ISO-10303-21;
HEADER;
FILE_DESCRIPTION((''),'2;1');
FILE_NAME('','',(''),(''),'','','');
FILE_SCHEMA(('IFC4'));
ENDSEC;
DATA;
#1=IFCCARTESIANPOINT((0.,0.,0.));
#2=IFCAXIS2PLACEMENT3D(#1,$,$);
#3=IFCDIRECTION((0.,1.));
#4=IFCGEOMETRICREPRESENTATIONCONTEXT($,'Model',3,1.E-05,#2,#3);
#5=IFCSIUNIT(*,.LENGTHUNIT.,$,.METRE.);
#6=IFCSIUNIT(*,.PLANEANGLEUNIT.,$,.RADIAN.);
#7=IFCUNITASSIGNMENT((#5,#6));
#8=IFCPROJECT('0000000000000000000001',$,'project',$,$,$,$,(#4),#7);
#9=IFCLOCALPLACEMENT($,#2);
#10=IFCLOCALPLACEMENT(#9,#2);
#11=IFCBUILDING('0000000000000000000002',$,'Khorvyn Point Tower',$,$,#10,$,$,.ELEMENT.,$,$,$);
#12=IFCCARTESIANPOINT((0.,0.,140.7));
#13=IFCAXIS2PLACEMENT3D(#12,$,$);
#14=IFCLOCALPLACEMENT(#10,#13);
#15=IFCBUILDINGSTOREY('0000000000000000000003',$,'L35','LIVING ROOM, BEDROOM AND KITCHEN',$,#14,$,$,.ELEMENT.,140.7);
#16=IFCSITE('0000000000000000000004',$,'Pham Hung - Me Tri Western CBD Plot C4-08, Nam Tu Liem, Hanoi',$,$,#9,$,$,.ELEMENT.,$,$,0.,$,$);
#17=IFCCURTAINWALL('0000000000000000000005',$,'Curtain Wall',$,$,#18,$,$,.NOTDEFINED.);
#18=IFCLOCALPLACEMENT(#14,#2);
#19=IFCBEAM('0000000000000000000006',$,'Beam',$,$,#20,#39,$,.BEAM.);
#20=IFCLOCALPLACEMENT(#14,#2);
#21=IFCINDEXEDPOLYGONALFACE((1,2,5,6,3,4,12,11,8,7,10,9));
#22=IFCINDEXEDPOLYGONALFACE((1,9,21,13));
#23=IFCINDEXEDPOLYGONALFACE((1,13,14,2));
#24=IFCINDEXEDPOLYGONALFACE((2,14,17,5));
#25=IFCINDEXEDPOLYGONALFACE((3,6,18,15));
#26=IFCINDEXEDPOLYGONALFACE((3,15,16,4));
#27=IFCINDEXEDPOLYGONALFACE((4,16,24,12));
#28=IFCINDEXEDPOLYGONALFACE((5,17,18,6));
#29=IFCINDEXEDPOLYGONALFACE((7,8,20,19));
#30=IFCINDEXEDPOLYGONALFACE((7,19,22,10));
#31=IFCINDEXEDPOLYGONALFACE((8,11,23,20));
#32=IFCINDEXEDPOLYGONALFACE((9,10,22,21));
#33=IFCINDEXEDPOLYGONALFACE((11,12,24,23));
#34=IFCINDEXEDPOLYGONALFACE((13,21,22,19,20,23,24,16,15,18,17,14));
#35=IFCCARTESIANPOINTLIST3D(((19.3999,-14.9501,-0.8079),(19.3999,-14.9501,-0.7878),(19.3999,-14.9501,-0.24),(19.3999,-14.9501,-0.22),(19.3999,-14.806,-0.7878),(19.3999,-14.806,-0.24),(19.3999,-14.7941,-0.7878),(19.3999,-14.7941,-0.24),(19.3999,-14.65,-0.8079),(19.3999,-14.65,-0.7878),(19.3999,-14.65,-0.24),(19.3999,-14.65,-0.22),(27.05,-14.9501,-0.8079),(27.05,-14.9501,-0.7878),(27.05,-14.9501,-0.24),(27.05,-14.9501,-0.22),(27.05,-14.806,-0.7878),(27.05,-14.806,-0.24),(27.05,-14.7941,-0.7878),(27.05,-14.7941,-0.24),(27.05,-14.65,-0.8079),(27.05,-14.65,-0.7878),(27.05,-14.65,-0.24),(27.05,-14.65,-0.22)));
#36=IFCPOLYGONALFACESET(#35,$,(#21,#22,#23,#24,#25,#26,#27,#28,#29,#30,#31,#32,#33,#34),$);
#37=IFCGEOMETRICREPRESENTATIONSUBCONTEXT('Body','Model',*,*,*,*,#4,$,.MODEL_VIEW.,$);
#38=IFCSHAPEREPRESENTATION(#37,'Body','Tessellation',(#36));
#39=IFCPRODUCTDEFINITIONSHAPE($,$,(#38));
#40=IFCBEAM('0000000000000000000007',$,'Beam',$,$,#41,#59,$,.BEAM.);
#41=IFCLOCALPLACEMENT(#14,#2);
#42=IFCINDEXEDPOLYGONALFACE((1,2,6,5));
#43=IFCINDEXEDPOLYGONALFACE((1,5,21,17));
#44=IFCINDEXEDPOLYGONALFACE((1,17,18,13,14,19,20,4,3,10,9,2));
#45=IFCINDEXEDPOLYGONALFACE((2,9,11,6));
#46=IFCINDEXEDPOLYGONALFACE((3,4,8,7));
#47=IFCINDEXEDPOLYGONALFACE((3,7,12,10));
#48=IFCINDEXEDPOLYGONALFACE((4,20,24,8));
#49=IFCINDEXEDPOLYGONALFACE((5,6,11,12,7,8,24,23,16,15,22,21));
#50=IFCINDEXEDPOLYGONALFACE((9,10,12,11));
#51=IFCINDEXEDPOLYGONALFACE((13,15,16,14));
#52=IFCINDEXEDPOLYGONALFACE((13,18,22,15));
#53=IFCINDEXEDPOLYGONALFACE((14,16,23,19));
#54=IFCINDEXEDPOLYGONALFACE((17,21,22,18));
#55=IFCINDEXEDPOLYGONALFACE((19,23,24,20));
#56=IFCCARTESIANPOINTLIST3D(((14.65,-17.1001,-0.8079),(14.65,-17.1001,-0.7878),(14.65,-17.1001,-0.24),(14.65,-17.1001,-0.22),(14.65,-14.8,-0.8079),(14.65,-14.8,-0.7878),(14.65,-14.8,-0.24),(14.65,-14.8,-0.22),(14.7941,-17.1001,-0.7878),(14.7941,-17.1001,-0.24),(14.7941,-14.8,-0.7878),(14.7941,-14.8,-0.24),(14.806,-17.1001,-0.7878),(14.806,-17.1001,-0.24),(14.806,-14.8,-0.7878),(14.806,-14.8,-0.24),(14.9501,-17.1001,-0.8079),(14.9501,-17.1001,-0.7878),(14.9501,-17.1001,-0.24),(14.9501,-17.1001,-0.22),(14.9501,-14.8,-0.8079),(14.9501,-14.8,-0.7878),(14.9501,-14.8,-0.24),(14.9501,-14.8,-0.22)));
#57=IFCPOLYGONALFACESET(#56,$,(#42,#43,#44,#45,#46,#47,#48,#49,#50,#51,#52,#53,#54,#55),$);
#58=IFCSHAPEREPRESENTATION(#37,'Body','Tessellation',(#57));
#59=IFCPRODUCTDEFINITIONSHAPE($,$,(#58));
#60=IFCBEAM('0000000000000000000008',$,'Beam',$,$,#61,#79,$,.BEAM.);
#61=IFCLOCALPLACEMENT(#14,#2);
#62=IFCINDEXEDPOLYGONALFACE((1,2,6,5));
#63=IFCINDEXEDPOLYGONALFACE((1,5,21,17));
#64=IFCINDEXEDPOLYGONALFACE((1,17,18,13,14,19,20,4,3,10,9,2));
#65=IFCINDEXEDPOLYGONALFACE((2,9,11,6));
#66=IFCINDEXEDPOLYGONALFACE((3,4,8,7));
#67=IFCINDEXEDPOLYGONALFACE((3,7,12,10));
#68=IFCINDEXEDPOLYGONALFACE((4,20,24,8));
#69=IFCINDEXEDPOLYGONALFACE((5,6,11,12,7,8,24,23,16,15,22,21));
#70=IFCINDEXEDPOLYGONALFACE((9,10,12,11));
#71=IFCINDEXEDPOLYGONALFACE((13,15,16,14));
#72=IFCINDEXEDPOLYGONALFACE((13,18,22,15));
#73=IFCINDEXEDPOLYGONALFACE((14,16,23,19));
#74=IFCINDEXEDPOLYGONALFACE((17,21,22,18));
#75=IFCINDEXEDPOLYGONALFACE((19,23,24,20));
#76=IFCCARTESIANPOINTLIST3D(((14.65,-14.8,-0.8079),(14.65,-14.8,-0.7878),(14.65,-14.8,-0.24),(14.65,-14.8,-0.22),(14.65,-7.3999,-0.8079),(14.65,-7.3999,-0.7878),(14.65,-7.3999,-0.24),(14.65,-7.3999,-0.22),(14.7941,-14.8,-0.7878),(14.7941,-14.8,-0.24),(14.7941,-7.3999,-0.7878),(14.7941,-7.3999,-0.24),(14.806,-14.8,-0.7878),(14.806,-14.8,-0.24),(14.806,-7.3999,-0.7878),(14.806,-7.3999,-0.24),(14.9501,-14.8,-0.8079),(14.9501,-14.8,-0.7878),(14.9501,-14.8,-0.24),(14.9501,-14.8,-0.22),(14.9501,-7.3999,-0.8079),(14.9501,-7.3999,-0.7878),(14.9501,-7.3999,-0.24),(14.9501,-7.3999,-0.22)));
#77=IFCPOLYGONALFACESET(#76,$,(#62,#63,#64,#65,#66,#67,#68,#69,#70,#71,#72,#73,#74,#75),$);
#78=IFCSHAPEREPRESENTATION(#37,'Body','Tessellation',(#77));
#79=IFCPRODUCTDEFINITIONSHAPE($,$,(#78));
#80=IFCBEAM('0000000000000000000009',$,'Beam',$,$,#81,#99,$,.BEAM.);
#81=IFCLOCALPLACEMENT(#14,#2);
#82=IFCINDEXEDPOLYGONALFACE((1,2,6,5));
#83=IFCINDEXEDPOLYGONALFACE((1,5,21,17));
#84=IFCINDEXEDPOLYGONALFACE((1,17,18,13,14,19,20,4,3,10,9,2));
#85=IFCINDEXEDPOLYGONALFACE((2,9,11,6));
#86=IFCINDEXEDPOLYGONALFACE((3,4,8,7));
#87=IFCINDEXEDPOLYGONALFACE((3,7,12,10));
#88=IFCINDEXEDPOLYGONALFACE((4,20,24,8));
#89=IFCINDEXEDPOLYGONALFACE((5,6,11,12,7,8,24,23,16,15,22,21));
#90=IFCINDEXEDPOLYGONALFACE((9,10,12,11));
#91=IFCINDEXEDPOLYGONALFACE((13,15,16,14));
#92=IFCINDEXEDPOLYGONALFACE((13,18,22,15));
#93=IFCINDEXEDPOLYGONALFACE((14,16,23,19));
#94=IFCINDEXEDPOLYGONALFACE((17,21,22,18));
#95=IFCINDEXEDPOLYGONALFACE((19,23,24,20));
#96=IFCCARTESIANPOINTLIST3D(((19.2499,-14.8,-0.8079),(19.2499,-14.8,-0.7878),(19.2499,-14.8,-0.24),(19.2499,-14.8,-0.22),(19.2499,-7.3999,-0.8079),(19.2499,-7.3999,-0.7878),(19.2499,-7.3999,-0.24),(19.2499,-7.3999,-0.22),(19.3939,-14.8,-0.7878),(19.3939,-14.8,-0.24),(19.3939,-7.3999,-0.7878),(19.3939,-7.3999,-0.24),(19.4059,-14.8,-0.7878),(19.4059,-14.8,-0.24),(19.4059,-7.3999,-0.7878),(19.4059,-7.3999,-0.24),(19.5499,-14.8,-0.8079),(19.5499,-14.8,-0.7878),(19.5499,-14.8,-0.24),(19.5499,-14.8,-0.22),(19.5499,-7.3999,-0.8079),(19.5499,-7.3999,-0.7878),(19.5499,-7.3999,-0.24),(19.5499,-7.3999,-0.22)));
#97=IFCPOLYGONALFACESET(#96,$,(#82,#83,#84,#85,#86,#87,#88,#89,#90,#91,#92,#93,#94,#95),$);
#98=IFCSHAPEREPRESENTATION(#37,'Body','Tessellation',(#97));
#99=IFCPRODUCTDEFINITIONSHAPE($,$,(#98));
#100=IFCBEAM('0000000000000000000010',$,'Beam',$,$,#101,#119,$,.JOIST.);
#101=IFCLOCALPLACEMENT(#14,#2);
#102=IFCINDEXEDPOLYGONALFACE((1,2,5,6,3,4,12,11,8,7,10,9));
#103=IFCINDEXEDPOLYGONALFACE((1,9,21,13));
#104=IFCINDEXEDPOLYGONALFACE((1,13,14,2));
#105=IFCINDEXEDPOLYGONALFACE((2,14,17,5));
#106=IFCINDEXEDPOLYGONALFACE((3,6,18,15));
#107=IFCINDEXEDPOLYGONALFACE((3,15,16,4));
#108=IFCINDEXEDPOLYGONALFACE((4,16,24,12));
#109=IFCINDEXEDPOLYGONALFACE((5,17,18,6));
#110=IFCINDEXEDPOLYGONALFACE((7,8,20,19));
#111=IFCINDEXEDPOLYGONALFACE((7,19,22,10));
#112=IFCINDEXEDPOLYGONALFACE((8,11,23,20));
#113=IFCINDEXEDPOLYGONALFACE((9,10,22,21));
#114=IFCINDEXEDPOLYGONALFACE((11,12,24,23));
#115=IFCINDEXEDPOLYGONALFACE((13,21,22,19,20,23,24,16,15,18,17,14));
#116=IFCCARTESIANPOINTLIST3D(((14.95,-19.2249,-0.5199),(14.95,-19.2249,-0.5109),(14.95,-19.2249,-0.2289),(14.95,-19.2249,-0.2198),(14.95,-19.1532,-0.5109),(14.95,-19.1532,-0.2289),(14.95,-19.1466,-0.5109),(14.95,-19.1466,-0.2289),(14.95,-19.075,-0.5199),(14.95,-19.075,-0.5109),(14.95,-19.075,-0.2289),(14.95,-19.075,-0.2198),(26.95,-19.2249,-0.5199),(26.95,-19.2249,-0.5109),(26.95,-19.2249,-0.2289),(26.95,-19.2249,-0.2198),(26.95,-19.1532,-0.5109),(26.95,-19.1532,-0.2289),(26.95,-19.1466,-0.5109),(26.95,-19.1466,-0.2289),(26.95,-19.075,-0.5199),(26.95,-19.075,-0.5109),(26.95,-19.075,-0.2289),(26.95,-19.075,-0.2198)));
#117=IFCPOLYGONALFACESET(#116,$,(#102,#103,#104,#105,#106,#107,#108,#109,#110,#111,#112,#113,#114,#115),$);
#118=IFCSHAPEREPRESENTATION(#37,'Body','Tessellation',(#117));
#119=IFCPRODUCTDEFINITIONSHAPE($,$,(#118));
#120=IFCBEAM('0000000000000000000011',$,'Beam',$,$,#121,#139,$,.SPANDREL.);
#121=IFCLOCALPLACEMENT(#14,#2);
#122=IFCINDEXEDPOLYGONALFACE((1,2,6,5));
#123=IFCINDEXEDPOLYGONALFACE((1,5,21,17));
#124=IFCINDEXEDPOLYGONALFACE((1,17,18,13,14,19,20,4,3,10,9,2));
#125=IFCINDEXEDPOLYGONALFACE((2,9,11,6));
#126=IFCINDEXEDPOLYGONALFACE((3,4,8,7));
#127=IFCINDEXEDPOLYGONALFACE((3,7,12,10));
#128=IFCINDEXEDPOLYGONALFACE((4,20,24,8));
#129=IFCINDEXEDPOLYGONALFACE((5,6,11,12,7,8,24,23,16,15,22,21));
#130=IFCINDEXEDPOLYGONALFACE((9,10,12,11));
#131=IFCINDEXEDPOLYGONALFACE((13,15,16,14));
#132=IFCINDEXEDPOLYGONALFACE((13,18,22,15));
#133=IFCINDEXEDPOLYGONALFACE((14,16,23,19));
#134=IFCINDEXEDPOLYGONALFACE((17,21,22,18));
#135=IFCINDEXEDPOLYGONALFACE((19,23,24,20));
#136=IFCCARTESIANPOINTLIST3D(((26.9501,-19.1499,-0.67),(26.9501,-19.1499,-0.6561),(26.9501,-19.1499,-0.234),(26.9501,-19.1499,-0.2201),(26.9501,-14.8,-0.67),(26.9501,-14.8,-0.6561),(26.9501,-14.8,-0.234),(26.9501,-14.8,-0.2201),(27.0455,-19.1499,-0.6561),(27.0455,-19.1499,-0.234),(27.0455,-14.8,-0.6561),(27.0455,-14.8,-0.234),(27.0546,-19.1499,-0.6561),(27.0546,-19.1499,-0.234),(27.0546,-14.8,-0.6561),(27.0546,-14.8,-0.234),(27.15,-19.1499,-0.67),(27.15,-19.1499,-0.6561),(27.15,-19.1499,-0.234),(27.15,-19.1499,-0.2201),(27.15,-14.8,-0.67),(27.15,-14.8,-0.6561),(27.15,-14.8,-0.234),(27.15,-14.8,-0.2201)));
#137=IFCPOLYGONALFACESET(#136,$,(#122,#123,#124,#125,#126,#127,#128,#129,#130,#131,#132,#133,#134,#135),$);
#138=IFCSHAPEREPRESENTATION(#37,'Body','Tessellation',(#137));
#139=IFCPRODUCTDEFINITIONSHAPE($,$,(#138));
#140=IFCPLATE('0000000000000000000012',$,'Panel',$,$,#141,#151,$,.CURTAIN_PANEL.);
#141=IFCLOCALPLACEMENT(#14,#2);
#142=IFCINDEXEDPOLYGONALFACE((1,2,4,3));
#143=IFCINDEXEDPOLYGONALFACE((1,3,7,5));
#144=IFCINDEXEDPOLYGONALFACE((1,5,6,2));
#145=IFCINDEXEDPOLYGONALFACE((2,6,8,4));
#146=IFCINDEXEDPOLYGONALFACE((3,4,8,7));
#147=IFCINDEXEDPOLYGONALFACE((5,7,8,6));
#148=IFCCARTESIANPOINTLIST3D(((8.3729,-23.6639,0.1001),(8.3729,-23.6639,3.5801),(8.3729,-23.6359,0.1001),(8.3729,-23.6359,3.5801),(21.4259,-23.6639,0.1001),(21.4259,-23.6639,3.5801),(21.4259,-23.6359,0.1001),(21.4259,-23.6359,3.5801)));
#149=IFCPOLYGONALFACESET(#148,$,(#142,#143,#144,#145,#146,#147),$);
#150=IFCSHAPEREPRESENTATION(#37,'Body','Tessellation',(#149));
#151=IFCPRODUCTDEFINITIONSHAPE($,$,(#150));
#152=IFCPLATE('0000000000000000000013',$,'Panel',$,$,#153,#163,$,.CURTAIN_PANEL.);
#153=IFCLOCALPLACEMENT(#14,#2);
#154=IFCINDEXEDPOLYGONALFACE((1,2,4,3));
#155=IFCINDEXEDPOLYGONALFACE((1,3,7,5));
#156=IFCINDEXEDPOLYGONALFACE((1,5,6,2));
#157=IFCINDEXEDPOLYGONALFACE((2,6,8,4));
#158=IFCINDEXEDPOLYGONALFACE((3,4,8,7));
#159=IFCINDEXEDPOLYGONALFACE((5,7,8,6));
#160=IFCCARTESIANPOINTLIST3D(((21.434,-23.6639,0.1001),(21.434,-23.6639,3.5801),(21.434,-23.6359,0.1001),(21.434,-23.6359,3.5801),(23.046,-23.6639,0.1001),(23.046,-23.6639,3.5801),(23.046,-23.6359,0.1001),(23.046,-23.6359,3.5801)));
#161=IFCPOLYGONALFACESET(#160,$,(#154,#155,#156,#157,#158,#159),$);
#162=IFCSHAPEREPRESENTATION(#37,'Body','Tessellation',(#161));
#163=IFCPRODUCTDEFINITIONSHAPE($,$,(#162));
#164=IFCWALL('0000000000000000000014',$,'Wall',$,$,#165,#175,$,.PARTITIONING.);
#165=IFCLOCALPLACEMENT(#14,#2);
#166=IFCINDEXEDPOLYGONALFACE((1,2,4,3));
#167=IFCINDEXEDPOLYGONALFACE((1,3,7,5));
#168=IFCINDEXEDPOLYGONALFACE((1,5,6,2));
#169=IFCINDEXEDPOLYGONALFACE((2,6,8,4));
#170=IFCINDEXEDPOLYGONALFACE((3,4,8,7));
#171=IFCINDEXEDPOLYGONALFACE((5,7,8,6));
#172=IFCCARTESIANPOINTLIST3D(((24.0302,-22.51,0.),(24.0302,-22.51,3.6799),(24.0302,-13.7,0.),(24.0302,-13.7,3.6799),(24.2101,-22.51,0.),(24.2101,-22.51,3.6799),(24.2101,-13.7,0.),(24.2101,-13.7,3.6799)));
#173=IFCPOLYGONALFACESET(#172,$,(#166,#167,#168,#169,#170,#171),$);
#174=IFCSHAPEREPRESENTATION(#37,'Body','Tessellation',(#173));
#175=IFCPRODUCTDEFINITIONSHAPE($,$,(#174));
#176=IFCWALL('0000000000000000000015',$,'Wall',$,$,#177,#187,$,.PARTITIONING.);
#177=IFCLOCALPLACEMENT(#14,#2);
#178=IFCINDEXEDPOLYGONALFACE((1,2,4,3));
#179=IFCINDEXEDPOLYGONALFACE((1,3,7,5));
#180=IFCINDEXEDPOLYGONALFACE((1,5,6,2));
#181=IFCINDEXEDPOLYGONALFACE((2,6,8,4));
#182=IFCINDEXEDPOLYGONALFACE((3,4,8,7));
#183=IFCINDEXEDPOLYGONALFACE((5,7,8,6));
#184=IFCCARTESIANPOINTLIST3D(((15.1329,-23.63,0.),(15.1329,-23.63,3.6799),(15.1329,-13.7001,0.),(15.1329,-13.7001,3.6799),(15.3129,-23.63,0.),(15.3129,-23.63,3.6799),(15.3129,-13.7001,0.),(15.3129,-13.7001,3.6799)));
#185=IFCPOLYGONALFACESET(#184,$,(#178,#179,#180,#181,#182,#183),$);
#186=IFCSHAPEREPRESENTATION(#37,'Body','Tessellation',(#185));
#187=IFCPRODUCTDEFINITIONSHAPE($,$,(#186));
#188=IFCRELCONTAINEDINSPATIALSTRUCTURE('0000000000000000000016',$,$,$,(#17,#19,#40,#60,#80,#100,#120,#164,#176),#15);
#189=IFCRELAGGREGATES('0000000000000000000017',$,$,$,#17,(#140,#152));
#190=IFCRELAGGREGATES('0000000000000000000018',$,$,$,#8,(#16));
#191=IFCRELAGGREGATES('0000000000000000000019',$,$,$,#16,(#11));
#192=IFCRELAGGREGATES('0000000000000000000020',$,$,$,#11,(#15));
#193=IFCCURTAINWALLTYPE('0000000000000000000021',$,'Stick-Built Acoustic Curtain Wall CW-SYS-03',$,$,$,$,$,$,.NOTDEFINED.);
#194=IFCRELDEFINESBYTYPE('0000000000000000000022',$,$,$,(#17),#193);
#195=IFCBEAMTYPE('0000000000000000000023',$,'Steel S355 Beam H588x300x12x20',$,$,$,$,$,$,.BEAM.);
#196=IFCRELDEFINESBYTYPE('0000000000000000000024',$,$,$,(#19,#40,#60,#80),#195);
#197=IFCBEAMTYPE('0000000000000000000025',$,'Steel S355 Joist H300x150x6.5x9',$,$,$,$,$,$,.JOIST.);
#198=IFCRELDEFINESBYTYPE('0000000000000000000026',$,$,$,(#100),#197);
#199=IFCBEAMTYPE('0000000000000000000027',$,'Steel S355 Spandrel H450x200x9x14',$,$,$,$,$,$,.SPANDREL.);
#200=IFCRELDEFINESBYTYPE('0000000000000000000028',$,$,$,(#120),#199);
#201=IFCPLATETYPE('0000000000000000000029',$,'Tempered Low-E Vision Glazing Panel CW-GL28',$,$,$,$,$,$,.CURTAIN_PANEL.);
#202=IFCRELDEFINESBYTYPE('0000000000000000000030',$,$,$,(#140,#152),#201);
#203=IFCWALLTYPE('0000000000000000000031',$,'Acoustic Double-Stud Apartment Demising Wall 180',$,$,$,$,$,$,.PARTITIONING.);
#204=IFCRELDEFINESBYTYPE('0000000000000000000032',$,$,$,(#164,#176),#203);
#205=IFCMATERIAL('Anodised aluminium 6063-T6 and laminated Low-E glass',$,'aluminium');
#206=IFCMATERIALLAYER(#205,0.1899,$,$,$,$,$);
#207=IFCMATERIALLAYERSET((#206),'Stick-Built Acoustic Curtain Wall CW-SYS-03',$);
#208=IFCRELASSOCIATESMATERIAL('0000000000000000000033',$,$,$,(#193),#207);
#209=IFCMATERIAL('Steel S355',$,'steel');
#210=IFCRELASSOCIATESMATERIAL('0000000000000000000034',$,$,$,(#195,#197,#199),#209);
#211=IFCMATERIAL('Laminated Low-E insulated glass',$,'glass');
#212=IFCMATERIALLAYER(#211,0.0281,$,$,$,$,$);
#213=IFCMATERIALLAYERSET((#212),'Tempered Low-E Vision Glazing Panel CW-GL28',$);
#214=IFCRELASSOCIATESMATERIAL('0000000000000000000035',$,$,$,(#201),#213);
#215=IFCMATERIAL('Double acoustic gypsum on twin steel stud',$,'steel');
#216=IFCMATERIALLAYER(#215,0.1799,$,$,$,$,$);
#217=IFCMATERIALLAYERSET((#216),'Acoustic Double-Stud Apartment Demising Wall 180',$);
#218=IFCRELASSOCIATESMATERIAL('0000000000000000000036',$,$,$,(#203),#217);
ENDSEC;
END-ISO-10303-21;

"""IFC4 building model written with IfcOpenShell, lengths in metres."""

from ifc_helpers import new_model, si_unit, direction, frame, frame_2d, origin, origin_2d, place, context, subcontext, project, spatial, rectangle, i_section, extrude, material, layer, layer_set, material_profile, profile_set, type_object, element, aggregate, save


model = new_model("IFC4")

# Units and contexts
model_context = context("Model", 3, precision=1e-05, world=origin(), true_north=direction((0.0, 1.0)))
body_context = subcontext(model_context, "Body", "Model", "MODEL_VIEW")
ifc_project = project(units=[si_unit("LENGTHUNIT", "METRE"), si_unit("PLANEANGLEUNIT", "RADIAN")], contexts=[model_context])

# Site, building, storey
site_placement = place(None, origin())
site = spatial("IfcSite", under=ifc_project, at=site_placement, Name="Pham Hung - Me Tri Western CBD Plot C4-08, Nam Tu Liem, Hanoi", CompositionType="ELEMENT", RefElevation=0.0)
building_placement = place(site_placement, origin())
building = spatial("IfcBuilding", under=site, at=building_placement, Name="Khorvyn Point Tower", CompositionType="ELEMENT")
storey_placement = place(building_placement, frame((0.0, 0.0, 140.7)))
storey = spatial("IfcBuildingStorey", under=building, at=storey_placement, Name="L35", Description="LIVING ROOM, BEDROOM AND KITCHEN", CompositionType="ELEMENT", Elevation=140.7)

# Curtain wall
ifc_material_1 = material(Name="Anodised aluminium 6063-T6 and laminated Low-E glass", Category="aluminium")
ifc_layer_1 = layer(ifc_material_1, 0.1899)
ifc_layer_set_1 = layer_set([ifc_layer_1], Name="Stick-Built Acoustic Curtain Wall CW-SYS-03")
curtain_wall_type = type_object("IfcCurtainWallType", Name="Stick-Built Acoustic Curtain Wall CW-SYS-03", PredefinedType="NOTDEFINED", material=ifc_layer_set_1)
curtain_wall_1_placement = place(storey_placement, origin())
curtain_wall_1 = element("IfcCurtainWall", 1, at=curtain_wall_1_placement, inside=storey, type_object=curtain_wall_type, Name="Curtain Wall", PredefinedType="NOTDEFINED")

# Beams
ifc_material_2 = material(Name="Steel S355", Category="steel")
ifc_material_profile_1 = material_profile(ifc_material_2, i_section(OverallWidth=0.3, OverallDepth=0.5879, WebThickness=0.012, FlangeThickness=0.02, at=origin_2d()))
ifc_profile_set_1 = profile_set([ifc_material_profile_1], Name="Steel S355 H588x300x12x20")
beam_type_1 = type_object("IfcBeamType", Name="Steel S355 Beam H588x300x12x20", PredefinedType="BEAM", material=ifc_profile_set_1)
beam_1_placement = place(storey_placement, frame((19.3999, -14.8, -0.5139), z_axis=(1.0, 0.0, 0.0), x_axis=(0.0, 1.0, 0.0)))
element("IfcBeam", 2, at=beam_1_placement, inside=storey, type_object=beam_type_1, Name="Beam", PredefinedType="BEAM", context=body_context, shape_type="SweptSolid", body=[
    extrude(i_section(OverallWidth=0.3, OverallDepth=0.5879, WebThickness=0.012, FlangeThickness=0.02, at=origin_2d()), origin(), (0.0, 0.0, 1.0), 7.6501),
])
beam_2_placement = place(storey_placement, frame((14.8, -17.1001, -0.5139), z_axis=(0.0, 1.0, 0.0), x_axis=(-1.0, 0.0, 0.0)))
element("IfcBeam", 3, at=beam_2_placement, inside=storey, type_object=beam_type_1, Name="Beam", PredefinedType="BEAM", context=body_context, shape_type="SweptSolid", body=[
    extrude(i_section(OverallWidth=0.3, OverallDepth=0.5879, WebThickness=0.012, FlangeThickness=0.02, at=origin_2d()), origin(), (0.0, 0.0, 1.0), 2.3),
])
for number, where, z_axis, x_axis, name in (
    (4, (14.8, -14.8, -0.5139), (0.0, 1.0, 0.0), (-1.0, 0.0, 0.0), "Beam"),
    (5, (19.3999, -14.8, -0.5139), (0.0, 1.0, 0.0), (-1.0, 0.0, 0.0), "Beam"),
):
    element("IfcBeam", number, at=place(storey_placement, frame(where, z_axis=z_axis, x_axis=x_axis)), inside=storey, type_object=beam_type_1, Name=name, PredefinedType="BEAM", context=body_context, shape_type="SweptSolid", body=[
        extrude(i_section(OverallWidth=0.3, OverallDepth=0.5879, WebThickness=0.012, FlangeThickness=0.02, at=origin_2d()), origin(), (0.0, 0.0, 1.0), 7.4001),
    ])
ifc_material_profile_2 = material_profile(ifc_material_2, i_section(OverallWidth=0.1499, OverallDepth=0.3, WebThickness=0.0066, FlangeThickness=0.009, at=origin_2d()))
ifc_profile_set_2 = profile_set([ifc_material_profile_2], Name="Steel S355 H300x150x6.5x9")
beam_type_2 = type_object("IfcBeamType", Name="Steel S355 Joist H300x150x6.5x9", PredefinedType="JOIST", material=ifc_profile_set_2)
beam_3_placement = place(storey_placement, frame((14.95, -19.1499, -0.3699), z_axis=(1.0, 0.0, 0.0), x_axis=(0.0, 1.0, 0.0)))
element("IfcBeam", 6, at=beam_3_placement, inside=storey, type_object=beam_type_2, Name="Beam", PredefinedType="JOIST", context=body_context, shape_type="SweptSolid", body=[
    extrude(i_section(OverallWidth=0.1499, OverallDepth=0.3, WebThickness=0.0066, FlangeThickness=0.009, at=origin_2d()), origin(), (0.0, 0.0, 1.0), 12.0),
])
ifc_material_profile_3 = material_profile(ifc_material_2, i_section(OverallWidth=0.2, OverallDepth=0.45, WebThickness=0.009, FlangeThickness=0.0139, at=origin_2d()))
ifc_profile_set_3 = profile_set([ifc_material_profile_3], Name="Steel S355 H450x200x9x14")
beam_type_3 = type_object("IfcBeamType", Name="Steel S355 Spandrel H450x200x9x14", PredefinedType="SPANDREL", material=ifc_profile_set_3)
beam_4_placement = place(storey_placement, frame((27.05, -19.1499, -0.4451), z_axis=(0.0, 1.0, 0.0), x_axis=(-1.0, 0.0, 0.0)))
element("IfcBeam", 7, at=beam_4_placement, inside=storey, type_object=beam_type_3, Name="Beam", PredefinedType="SPANDREL", context=body_context, shape_type="SweptSolid", body=[
    extrude(i_section(OverallWidth=0.2, OverallDepth=0.45, WebThickness=0.009, FlangeThickness=0.0139, at=origin_2d()), origin(), (0.0, 0.0, 1.0), 4.3499),
])

# Plates
ifc_material_3 = material(Name="Laminated Low-E insulated glass", Category="glass")
ifc_layer_2 = layer(ifc_material_3, 0.0281)
ifc_layer_set_2 = layer_set([ifc_layer_2], Name="Tempered Low-E Vision Glazing Panel CW-GL28")
plate_type = type_object("IfcPlateType", Name="Tempered Low-E Vision Glazing Panel CW-GL28", PredefinedType="CURTAIN_PANEL", material=ifc_layer_set_2)
plate_1_placement = place(storey_placement, frame((14.8994, -23.6499, 0.1001), z_axis=(0.0, 0.0, 1.0), x_axis=(-1.0, 0.0, 0.0)))
plate_1 = element("IfcPlate", 8, at=plate_1_placement, type_object=plate_type, Name="Panel", PredefinedType="CURTAIN_PANEL", context=body_context, shape_type="SweptSolid", body=[
    extrude(rectangle(XDim=13.053, YDim=0.0281, at=origin_2d()), origin(), (0.0, 0.0, 1.0), 3.48),
])
plate_2_placement = place(storey_placement, frame((22.24, -23.6499, 0.1001), z_axis=(0.0, 0.0, 1.0), x_axis=(-1.0, 0.0, 0.0)))
plate_2 = element("IfcPlate", 9, at=plate_2_placement, type_object=plate_type, Name="Panel", PredefinedType="CURTAIN_PANEL", context=body_context, shape_type="SweptSolid", body=[
    extrude(rectangle(XDim=1.6121, YDim=0.0281, at=origin_2d()), origin(), (0.0, 0.0, 1.0), 3.48),
])
aggregate(curtain_wall_1, [plate_1, plate_2])

# Walls
ifc_material_4 = material(Name="Double acoustic gypsum on twin steel stud", Category="steel")
ifc_layer_3 = layer(ifc_material_4, 0.1799)
ifc_layer_set_3 = layer_set([ifc_layer_3], Name="Acoustic Double-Stud Apartment Demising Wall 180")
wall_type_1 = type_object("IfcWallType", Name="Acoustic Double-Stud Apartment Demising Wall 180", PredefinedType="PARTITIONING", material=ifc_layer_set_3)
wall_1_placement = place(storey_placement, frame((24.1201, -22.51, 0.0), z_axis=(0.0, 0.0, 1.0), x_axis=(0.0, 1.0, 0.0)))
element("IfcWall", 10, at=wall_1_placement, inside=storey, type_object=wall_type_1, Name="Wall", PredefinedType="PARTITIONING", context=body_context, shape_type="SweptSolid", body=[
    extrude(rectangle(XDim=8.8101, YDim=0.1799, at=frame_2d((4.405, 0.0))), origin(), (0.0, 0.0, 1.0), 3.6799),
])
wall_2_placement = place(storey_placement, frame((15.2229, -23.6299, 0.0), z_axis=(0.0, 0.0, 1.0), x_axis=(0.0, 1.0, 0.0)))
element("IfcWall", 11, at=wall_2_placement, inside=storey, type_object=wall_type_1, Name="Wall", PredefinedType="PARTITIONING", context=body_context, shape_type="SweptSolid", body=[
    extrude(rectangle(XDim=9.9299, YDim=0.1799, at=frame_2d((4.9648, 0.0))), origin(), (0.0, 0.0, 1.0), 3.6799),
])

save(model, "model.ifc")
